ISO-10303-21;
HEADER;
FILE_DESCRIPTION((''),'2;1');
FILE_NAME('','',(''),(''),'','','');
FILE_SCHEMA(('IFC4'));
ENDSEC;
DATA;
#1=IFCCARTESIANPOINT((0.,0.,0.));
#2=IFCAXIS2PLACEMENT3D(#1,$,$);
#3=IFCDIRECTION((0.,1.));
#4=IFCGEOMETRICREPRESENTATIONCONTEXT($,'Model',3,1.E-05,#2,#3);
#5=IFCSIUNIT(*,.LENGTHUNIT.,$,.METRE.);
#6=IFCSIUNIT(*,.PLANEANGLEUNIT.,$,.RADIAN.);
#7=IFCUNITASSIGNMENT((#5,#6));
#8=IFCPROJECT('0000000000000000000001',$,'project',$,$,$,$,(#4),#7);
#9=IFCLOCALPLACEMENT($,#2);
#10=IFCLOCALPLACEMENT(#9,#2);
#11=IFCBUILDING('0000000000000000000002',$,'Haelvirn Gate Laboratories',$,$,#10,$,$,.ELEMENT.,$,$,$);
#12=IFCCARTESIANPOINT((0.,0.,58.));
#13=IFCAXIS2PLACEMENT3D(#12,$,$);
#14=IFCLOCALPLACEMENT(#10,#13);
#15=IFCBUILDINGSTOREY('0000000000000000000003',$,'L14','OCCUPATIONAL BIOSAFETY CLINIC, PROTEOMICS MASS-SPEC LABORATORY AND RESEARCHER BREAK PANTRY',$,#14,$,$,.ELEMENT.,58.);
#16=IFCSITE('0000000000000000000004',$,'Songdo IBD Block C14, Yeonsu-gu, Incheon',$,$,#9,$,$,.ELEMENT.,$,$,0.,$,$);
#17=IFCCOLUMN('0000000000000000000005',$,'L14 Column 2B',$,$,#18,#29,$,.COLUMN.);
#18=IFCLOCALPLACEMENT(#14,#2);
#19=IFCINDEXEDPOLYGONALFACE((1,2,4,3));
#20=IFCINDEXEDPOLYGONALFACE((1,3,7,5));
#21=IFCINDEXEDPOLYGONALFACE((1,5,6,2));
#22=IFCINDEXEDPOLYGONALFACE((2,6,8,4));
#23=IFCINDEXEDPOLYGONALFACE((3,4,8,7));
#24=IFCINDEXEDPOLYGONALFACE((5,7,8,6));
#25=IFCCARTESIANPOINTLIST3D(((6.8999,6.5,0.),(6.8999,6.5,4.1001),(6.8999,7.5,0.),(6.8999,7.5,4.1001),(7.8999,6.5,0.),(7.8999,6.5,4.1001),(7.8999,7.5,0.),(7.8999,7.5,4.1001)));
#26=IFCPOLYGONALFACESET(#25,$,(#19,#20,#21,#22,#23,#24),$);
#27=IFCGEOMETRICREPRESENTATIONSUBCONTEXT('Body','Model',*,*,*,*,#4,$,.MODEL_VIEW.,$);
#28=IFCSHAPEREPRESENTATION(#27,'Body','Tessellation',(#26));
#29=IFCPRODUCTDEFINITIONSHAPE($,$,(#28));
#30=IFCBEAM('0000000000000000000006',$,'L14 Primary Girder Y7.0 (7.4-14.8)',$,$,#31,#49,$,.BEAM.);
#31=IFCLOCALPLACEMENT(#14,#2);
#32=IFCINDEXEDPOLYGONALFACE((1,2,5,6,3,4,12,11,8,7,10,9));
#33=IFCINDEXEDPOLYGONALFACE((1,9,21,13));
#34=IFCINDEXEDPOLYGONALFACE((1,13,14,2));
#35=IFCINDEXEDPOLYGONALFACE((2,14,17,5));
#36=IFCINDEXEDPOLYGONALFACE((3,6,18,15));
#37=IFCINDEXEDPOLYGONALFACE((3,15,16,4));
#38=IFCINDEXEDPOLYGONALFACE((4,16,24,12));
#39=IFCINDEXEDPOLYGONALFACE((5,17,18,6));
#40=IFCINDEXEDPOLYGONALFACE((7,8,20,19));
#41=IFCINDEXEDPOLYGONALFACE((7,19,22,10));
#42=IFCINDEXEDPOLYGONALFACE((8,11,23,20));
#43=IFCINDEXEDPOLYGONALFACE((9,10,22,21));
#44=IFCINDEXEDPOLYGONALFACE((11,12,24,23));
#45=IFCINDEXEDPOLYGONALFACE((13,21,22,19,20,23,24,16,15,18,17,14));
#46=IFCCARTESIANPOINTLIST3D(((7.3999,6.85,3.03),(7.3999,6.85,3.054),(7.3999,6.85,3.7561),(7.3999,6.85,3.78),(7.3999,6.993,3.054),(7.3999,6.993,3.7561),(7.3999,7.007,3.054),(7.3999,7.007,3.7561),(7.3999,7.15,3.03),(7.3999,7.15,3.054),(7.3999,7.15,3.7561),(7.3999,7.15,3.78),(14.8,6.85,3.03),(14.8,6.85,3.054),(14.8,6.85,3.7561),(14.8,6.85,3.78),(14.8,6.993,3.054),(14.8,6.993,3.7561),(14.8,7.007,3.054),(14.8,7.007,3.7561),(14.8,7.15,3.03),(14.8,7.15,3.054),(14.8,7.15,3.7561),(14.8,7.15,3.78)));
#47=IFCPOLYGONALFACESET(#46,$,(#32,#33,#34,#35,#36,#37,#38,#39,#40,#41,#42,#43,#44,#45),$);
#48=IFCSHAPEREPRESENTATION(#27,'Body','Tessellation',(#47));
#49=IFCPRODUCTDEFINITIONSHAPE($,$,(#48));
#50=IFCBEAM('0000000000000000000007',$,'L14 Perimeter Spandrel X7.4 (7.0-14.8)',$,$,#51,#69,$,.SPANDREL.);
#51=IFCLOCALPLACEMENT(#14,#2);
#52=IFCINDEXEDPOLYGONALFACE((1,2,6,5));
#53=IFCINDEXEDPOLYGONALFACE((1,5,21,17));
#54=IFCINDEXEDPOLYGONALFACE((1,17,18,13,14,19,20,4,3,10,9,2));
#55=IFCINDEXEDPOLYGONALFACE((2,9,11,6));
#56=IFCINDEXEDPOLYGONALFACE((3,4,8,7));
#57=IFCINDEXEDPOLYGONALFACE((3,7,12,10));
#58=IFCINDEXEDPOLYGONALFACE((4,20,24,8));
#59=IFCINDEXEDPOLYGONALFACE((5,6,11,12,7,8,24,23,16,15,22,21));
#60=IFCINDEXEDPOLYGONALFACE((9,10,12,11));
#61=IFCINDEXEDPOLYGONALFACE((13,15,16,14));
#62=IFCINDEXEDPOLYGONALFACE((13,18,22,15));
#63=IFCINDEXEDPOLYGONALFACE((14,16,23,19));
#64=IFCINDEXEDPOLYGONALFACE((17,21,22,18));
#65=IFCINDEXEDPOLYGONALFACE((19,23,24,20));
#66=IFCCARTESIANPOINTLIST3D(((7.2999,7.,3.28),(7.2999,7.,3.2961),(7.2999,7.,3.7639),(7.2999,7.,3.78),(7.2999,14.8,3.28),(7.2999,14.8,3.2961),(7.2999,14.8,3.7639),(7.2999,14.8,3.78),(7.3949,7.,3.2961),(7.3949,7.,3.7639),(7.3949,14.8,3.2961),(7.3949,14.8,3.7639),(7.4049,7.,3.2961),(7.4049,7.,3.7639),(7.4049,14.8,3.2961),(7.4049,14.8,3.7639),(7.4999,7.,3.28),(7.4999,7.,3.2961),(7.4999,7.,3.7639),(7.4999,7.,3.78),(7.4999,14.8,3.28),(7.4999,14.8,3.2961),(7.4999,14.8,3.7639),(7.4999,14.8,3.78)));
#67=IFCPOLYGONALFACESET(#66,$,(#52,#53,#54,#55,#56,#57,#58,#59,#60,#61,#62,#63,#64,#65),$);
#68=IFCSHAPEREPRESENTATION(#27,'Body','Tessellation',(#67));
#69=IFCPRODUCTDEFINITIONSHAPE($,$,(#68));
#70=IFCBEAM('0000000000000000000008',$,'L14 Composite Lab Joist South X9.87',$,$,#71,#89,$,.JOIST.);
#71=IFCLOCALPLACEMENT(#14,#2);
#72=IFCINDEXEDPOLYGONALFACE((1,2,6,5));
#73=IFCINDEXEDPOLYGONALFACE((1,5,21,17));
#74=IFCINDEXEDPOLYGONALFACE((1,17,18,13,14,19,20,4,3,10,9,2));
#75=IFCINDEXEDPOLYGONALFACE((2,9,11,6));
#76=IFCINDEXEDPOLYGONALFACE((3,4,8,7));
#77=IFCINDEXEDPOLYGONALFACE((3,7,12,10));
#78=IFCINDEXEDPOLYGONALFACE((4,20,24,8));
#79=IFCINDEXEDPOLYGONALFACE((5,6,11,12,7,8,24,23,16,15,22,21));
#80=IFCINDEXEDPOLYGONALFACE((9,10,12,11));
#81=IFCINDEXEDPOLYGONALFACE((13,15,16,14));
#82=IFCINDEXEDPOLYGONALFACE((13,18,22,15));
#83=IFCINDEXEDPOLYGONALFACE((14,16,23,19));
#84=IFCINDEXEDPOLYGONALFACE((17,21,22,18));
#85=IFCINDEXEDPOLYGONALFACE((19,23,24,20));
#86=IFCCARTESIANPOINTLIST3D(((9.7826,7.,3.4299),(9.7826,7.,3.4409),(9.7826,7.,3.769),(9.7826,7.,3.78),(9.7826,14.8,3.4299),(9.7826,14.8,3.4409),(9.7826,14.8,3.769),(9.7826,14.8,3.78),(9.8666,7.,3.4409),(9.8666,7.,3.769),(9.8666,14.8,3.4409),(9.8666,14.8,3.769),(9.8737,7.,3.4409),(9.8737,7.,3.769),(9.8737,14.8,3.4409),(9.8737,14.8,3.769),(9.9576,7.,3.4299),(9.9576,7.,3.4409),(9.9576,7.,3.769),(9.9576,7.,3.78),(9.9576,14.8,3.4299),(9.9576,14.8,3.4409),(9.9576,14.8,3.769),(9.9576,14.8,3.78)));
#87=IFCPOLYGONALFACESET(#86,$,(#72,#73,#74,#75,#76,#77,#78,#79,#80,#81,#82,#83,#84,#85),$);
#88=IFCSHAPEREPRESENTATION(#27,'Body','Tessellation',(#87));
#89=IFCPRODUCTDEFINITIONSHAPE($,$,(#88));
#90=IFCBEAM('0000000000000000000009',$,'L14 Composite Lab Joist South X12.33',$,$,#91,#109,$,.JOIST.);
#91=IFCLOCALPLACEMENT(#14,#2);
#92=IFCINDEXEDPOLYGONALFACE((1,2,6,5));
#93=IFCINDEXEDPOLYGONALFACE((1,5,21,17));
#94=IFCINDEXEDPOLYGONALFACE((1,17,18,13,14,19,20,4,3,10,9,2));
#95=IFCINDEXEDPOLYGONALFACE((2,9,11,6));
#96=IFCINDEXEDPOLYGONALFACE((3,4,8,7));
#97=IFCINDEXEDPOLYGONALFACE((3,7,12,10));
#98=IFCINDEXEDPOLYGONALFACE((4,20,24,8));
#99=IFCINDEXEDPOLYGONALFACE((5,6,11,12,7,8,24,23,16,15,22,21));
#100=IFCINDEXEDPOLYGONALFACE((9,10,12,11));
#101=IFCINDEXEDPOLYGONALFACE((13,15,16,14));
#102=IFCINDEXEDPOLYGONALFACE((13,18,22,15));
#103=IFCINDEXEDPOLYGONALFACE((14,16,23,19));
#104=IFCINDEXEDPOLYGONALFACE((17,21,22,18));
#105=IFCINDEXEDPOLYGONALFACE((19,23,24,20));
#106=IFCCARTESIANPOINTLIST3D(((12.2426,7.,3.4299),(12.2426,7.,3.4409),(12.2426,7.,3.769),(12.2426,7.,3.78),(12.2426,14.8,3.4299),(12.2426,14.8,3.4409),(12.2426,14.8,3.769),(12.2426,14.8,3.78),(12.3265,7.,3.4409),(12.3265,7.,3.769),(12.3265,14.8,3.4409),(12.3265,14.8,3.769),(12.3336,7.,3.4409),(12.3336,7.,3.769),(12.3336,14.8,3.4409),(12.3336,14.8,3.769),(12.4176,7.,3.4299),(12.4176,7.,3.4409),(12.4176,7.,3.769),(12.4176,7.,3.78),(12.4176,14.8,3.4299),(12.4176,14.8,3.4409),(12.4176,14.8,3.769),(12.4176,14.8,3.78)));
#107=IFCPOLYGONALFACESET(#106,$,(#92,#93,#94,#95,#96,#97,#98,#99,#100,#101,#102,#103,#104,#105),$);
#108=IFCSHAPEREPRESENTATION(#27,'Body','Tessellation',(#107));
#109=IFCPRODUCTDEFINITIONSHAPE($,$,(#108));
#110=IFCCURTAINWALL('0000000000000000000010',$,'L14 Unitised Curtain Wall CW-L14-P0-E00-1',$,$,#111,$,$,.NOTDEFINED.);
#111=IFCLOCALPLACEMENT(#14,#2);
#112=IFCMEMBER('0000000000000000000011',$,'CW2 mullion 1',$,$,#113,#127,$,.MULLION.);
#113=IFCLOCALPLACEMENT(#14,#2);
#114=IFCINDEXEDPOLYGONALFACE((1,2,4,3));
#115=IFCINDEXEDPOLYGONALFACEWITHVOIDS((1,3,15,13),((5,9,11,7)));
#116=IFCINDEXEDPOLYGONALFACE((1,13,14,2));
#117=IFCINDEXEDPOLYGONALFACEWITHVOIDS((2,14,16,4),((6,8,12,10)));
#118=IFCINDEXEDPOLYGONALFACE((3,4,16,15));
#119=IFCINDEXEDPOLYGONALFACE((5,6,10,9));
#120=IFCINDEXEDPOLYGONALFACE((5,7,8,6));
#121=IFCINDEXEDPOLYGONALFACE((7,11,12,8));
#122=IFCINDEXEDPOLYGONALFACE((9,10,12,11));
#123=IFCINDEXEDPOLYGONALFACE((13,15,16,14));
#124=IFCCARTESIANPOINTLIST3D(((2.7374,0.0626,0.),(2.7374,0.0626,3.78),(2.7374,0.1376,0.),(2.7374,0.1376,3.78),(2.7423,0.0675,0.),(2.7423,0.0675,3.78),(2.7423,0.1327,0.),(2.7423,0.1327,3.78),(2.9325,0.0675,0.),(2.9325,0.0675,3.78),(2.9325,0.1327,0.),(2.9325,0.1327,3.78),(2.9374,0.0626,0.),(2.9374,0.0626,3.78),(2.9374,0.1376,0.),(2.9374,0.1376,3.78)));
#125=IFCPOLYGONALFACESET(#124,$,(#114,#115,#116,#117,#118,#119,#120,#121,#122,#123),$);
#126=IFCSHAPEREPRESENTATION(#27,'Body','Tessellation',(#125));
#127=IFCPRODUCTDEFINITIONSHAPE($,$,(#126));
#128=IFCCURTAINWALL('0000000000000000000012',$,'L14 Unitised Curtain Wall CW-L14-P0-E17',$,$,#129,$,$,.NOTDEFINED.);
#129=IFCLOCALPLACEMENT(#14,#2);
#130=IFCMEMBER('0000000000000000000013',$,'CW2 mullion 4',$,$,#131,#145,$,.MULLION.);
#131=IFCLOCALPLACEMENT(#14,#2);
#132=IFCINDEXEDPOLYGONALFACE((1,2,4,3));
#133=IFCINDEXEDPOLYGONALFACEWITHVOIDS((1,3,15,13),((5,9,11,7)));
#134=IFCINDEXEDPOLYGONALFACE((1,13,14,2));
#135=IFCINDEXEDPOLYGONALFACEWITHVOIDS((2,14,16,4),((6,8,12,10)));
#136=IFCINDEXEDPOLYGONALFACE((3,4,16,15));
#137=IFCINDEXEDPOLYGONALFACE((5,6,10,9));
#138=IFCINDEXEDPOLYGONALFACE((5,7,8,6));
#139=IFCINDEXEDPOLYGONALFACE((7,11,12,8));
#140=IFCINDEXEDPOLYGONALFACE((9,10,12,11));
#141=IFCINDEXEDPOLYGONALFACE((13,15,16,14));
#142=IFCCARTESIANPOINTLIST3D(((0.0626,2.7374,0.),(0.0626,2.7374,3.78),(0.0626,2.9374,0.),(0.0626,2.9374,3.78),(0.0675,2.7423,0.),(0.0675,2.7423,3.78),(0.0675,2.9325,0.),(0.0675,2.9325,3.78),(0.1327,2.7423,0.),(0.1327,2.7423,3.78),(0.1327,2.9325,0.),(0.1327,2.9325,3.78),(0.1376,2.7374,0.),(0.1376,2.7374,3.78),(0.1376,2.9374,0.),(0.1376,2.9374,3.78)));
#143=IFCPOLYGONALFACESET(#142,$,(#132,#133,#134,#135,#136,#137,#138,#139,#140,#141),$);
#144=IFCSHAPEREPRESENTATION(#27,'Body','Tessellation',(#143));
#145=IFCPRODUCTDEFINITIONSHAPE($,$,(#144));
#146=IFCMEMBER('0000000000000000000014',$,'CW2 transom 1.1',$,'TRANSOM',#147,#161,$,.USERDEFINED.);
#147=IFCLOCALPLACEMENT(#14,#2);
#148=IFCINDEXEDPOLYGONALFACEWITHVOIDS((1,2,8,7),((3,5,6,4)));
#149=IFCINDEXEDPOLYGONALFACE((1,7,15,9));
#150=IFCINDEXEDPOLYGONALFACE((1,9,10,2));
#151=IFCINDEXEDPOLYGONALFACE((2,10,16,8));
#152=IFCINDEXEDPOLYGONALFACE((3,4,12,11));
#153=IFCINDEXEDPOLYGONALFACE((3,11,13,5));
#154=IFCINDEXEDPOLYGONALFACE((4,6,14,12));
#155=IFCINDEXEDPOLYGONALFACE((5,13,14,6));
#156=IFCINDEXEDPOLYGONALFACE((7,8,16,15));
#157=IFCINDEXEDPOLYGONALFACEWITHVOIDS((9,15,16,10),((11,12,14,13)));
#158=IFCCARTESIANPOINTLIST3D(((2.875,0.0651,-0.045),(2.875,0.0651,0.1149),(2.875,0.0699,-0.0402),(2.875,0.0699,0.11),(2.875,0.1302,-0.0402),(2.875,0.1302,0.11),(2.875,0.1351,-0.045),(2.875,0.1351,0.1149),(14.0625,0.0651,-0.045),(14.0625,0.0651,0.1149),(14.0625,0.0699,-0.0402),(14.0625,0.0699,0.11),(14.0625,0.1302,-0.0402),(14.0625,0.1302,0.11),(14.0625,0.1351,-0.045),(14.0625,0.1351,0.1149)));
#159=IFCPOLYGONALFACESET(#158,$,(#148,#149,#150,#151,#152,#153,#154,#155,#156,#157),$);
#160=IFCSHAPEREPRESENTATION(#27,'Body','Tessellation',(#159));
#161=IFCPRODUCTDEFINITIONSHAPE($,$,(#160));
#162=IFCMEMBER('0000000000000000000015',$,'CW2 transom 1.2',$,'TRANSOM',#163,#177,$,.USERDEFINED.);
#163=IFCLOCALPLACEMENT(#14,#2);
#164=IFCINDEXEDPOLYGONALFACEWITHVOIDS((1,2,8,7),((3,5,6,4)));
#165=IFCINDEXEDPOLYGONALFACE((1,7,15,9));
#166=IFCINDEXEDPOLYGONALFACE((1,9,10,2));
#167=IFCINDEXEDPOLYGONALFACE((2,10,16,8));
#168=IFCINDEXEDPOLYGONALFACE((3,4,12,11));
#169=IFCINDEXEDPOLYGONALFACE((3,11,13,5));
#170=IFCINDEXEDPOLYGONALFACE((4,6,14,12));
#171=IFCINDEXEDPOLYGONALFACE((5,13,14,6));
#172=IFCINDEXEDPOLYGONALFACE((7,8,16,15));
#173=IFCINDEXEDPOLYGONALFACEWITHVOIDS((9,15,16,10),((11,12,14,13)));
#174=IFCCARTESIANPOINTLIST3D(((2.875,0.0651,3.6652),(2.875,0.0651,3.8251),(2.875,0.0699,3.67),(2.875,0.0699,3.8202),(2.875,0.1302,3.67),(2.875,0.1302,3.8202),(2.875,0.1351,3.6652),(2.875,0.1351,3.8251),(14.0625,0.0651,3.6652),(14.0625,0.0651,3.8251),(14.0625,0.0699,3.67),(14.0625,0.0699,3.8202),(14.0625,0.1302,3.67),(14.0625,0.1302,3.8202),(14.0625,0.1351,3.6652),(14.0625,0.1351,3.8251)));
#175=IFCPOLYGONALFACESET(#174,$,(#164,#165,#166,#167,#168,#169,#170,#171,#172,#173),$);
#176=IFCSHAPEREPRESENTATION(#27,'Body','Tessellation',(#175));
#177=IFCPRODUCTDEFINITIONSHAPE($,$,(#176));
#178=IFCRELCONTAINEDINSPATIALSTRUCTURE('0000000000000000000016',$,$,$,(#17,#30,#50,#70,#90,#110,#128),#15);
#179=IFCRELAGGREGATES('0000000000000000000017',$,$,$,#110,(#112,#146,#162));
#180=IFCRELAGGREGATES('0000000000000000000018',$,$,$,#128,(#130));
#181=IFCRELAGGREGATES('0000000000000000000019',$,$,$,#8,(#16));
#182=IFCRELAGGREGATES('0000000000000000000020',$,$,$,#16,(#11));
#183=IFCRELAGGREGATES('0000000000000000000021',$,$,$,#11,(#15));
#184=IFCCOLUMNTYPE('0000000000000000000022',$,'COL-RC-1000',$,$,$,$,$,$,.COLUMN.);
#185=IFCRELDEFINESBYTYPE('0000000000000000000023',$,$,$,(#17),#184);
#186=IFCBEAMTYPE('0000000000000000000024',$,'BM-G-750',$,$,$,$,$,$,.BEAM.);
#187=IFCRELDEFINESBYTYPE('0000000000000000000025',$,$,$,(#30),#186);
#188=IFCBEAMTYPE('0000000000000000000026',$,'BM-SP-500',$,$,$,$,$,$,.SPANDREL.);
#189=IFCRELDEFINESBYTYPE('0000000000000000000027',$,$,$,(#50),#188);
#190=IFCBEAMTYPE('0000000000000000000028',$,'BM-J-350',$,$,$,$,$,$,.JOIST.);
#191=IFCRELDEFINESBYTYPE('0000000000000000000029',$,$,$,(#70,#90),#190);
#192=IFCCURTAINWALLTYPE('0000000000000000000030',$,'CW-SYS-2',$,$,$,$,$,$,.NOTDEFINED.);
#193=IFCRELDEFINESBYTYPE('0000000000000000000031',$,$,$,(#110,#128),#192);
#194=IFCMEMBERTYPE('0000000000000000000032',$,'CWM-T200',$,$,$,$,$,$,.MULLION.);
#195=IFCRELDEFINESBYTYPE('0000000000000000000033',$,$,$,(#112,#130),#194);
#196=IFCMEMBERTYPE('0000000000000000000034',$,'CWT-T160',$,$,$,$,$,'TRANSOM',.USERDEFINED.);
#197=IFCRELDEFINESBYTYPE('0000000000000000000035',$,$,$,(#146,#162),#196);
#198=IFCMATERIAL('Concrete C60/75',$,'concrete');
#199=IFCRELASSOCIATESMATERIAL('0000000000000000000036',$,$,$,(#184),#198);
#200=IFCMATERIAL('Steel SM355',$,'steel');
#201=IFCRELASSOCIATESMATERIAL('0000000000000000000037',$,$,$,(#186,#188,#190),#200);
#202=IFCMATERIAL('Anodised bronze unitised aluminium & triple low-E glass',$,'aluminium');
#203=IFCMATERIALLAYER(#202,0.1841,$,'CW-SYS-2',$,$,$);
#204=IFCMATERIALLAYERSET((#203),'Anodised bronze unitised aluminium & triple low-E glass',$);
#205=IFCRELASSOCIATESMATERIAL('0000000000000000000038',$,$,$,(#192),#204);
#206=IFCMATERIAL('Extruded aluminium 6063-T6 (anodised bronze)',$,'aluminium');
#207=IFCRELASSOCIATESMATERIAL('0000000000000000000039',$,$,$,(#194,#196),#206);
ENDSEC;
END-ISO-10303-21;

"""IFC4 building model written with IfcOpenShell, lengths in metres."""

from ifc_helpers import new_model, si_unit, direction, frame, origin, origin_2d, place, context, subcontext, project, spatial, rectangle, hollow_rectangle, i_section, extrude, source, transform, mapped, material, layer, layer_set, material_profile, profile_set, type_object, type_shapes, element, aggregate, save


model = new_model("IFC4")

# Units and contexts
model_context = context("Model", 3, precision=1e-05, world=origin(), true_north=direction((0.0, 1.0)))
body_context = subcontext(model_context, "Body", "Model", "MODEL_VIEW")
ifc_project = project(units=[si_unit("LENGTHUNIT", "METRE"), si_unit("PLANEANGLEUNIT", "RADIAN")], contexts=[model_context])

# Site, building, storey
site_placement = place(None, origin())
site = spatial("IfcSite", under=ifc_project, at=site_placement, Name="Songdo IBD Block C14, Yeonsu-gu, Incheon", CompositionType="ELEMENT", RefElevation=0.0)
building_placement = place(site_placement, origin())
building = spatial("IfcBuilding", under=site, at=building_placement, Name="Haelvirn Gate Laboratories", CompositionType="ELEMENT")
storey_placement = place(building_placement, frame((0.0, 0.0, 58.0)))
storey = spatial("IfcBuildingStorey", under=building, at=storey_placement, Name="L14", Description="OCCUPATIONAL BIOSAFETY CLINIC, PROTEOMICS MASS-SPEC LABORATORY AND RESEARCHER BREAK PANTRY", CompositionType="ELEMENT", Elevation=58.0)

# Column
ifc_material_1 = material(Name="Concrete C60/75", Category="concrete")
ifc_material_profile_1 = material_profile(ifc_material_1, rectangle(XDim=1.0, YDim=1.0, at=origin_2d()), Name="RC-1000x1000")
ifc_profile_set_1 = profile_set([ifc_material_profile_1], Name="Concrete C60/75")
column_type = type_object("IfcColumnType", Name="COL-RC-1000", PredefinedType="COLUMN", material=ifc_profile_set_1)
shared_shape_1 = source(origin(), body_context, "Body", "SweptSolid", [
    extrude(rectangle(XDim=1.0, YDim=1.0, at=origin_2d()), origin(), (0.0, 0.0, 1.0), 4.1001),
])
type_shapes(column_type, [shared_shape_1])
column_placement = place(storey_placement, frame((7.3999, 7.0, 0.0), z_axis=(0.0, 0.0, 1.0), x_axis=(1.0, 0.0, 0.0)))
element("IfcColumn", 1, at=column_placement, inside=storey, type_object=column_type, Name="L14 Column 2B", PredefinedType="COLUMN", context=body_context, shape_type="MappedRepresentation", body=[
    mapped(shared_shape_1, transform((0.0, 0.0, 0.0), scale=1.0)),
])

# Beams
ifc_material_2 = material(Name="Steel SM355", Category="steel")
ifc_material_profile_2 = material_profile(ifc_material_2, i_section(OverallWidth=0.3, OverallDepth=0.75, WebThickness=0.0139, FlangeThickness=0.0239, at=origin_2d()), Name="H-750x300x14x24")
ifc_profile_set_2 = profile_set([ifc_material_profile_2], Name="Steel SM355")
beam_type_1 = type_object("IfcBeamType", Name="BM-G-750", PredefinedType="BEAM", material=ifc_profile_set_2)
shared_shape_2 = source(origin(), body_context, "Body", "SweptSolid", [
    extrude(i_section(OverallWidth=0.3, OverallDepth=0.75, WebThickness=0.0139, FlangeThickness=0.0239, at=origin_2d()), origin(), (0.0, 0.0, 1.0), 7.4001),
])
type_shapes(beam_type_1, [shared_shape_2])
beam_1_placement = place(storey_placement, frame((7.3999, 7.0, 3.405), z_axis=(1.0, 0.0, 0.0), x_axis=(0.0, 1.0, 0.0)))
element("IfcBeam", 2, at=beam_1_placement, inside=storey, type_object=beam_type_1, Name="L14 Primary Girder Y7.0 (7.4-14.8)", PredefinedType="BEAM", context=body_context, shape_type="MappedRepresentation", body=[
    mapped(shared_shape_2, transform((0.0, 0.0, 0.0), scale=1.0)),
])
ifc_material_profile_3 = material_profile(ifc_material_2, i_section(OverallWidth=0.2, OverallDepth=0.5, WebThickness=0.01, FlangeThickness=0.0161, at=origin_2d()), Name="H-500x200x10x16")
ifc_profile_set_3 = profile_set([ifc_material_profile_3], Name="Steel SM355")
beam_type_2 = type_object("IfcBeamType", Name="BM-SP-500", PredefinedType="SPANDREL", material=ifc_profile_set_3)
shared_shape_3 = source(origin(), body_context, "Body", "SweptSolid", [
    extrude(i_section(OverallWidth=0.2, OverallDepth=0.5, WebThickness=0.01, FlangeThickness=0.0161, at=origin_2d()), origin(), (0.0, 0.0, 1.0), 7.8),
])
type_shapes(beam_type_2, [shared_shape_3])
beam_2_placement = place(storey_placement, frame((7.3999, 7.0, 3.53), z_axis=(0.0, 1.0, 0.0), x_axis=(-1.0, 0.0, 0.0)))
element("IfcBeam", 3, at=beam_2_placement, inside=storey, type_object=beam_type_2, Name="L14 Perimeter Spandrel X7.4 (7.0-14.8)", PredefinedType="SPANDREL", context=body_context, shape_type="MappedRepresentation", body=[
    mapped(shared_shape_3, transform((0.0, 0.0, 0.0), scale=1.0)),
])
ifc_material_profile_4 = material_profile(ifc_material_2, i_section(OverallWidth=0.175, OverallDepth=0.3501, WebThickness=0.0071, FlangeThickness=0.011, at=origin_2d()), Name="H-350x175x7x11")
ifc_profile_set_4 = profile_set([ifc_material_profile_4], Name="Steel SM355")
beam_type_3 = type_object("IfcBeamType", Name="BM-J-350", PredefinedType="JOIST", material=ifc_profile_set_4)
shared_shape_4 = source(origin(), body_context, "Body", "SweptSolid", [
    extrude(i_section(OverallWidth=0.175, OverallDepth=0.3501, WebThickness=0.0071, FlangeThickness=0.011, at=origin_2d()), origin(), (0.0, 0.0, 1.0), 7.8),
])
type_shapes(beam_type_3, [shared_shape_4])
for number, where, z_axis, x_axis, name in (
    (4, (9.8701, 7.0, 3.605), (0.0, 1.0, 0.0), (-1.0, 0.0, 0.0), "L14 Composite Lab Joist South X9.87"),
    (5, (12.3301, 7.0, 3.605), (0.0, 1.0, 0.0), (-1.0, 0.0, 0.0), "L14 Composite Lab Joist South X12.33"),
):
    element("IfcBeam", number, at=place(storey_placement, frame(where, z_axis=z_axis, x_axis=x_axis)), inside=storey, type_object=beam_type_3, Name=name, PredefinedType="JOIST", context=body_context, shape_type="MappedRepresentation", body=[
        mapped(shared_shape_4, transform((0.0, 0.0, 0.0), scale=1.0)),
    ])

# Curtain walls, members
ifc_material_3 = material(Name="Anodised bronze unitised aluminium & triple low-E glass", Category="aluminium")
ifc_layer_1 = layer(ifc_material_3, 0.1841, Name="CW-SYS-2")
ifc_layer_set_1 = layer_set([ifc_layer_1], Name="Anodised bronze unitised aluminium & triple low-E glass")
curtain_wall_type_1 = type_object("IfcCurtainWallType", Name="CW-SYS-2", PredefinedType="NOTDEFINED", material=ifc_layer_set_1)
curtain_wall_1_placement = place(storey_placement, origin())
curtain_wall_1 = element("IfcCurtainWall", 6, at=curtain_wall_1_placement, inside=storey, type_object=curtain_wall_type_1, Name="L14 Unitised Curtain Wall CW-L14-P0-E00-1", PredefinedType="NOTDEFINED")
ifc_material_4 = material(Name="Extruded aluminium 6063-T6 (anodised bronze)", Category="aluminium")
ifc_material_profile_5 = material_profile(ifc_material_4, hollow_rectangle(XDim=0.075, YDim=0.2, WallThickness=0.0049, at=origin_2d()), Name="CWM-200x75x5")
ifc_profile_set_5 = profile_set([ifc_material_profile_5], Name="Extruded aluminium 6063-T6 (anodised bronze)")
member_type_1 = type_object("IfcMemberType", Name="CWM-T200", PredefinedType="MULLION", material=ifc_profile_set_5)
shared_shape_5 = source(origin(), body_context, "Body", "SweptSolid", [
    extrude(hollow_rectangle(XDim=0.075, YDim=0.2, WallThickness=0.0049, at=origin_2d()), origin(), (0.0, 0.0, 1.0), 3.78),
])
type_shapes(member_type_1, [shared_shape_5])
member_1_placement = place(storey_placement, frame((2.8374, 0.1001, 0.0), z_axis=(0.0, 0.0, 1.0), x_axis=(0.0, 1.0, 0.0)))
member_1 = element("IfcMember", 7, at=member_1_placement, type_object=member_type_1, Name="CW2 mullion 1", PredefinedType="MULLION", context=body_context, shape_type="MappedRepresentation", body=[
    mapped(shared_shape_5, transform((0.0, 0.0, 0.0), scale=1.0)),
])
curtain_wall_2_placement = place(storey_placement, origin())
curtain_wall_2 = element("IfcCurtainWall", 8, at=curtain_wall_2_placement, inside=storey, type_object=curtain_wall_type_1, Name="L14 Unitised Curtain Wall CW-L14-P0-E17", PredefinedType="NOTDEFINED")
member_2_placement = place(storey_placement, frame((0.1001, 2.8374, 0.0), z_axis=(0.0, 0.0, 1.0), x_axis=(1.0, 0.0, 0.0)))
member_2 = element("IfcMember", 9, at=member_2_placement, type_object=member_type_1, Name="CW2 mullion 4", PredefinedType="MULLION", context=body_context, shape_type="MappedRepresentation", body=[
    mapped(shared_shape_5, transform((0.0, 0.0, 0.0), scale=1.0)),
])

# Members
ifc_material_profile_6 = material_profile(ifc_material_4, hollow_rectangle(XDim=0.0701, YDim=0.1599, WallThickness=0.0049, at=origin_2d()), Name="CWT-160x70x5")
ifc_profile_set_6 = profile_set([ifc_material_profile_6], Name="Extruded aluminium 6063-T6 (anodised bronze)")
member_type_2 = type_object("IfcMemberType", Name="CWT-T160", ElementType="TRANSOM", PredefinedType="USERDEFINED", material=ifc_profile_set_6)
shared_shape_6 = source(origin(), body_context, "Body", "SweptSolid", [
    extrude(hollow_rectangle(XDim=0.0701, YDim=0.1599, WallThickness=0.0049, at=origin_2d()), origin(), (0.0, 0.0, 1.0), 11.1875),
])
type_shapes(member_type_2, [shared_shape_6])
member_3_placement = place(storey_placement, frame((2.875, 0.1001, 0.0349), z_axis=(1.0, 0.0, 0.0), x_axis=(0.0, 1.0, 0.0)))
member_3 = element("IfcMember", 10, at=member_3_placement, type_object=member_type_2, Name="CW2 transom 1.1", ObjectType="TRANSOM", PredefinedType="USERDEFINED", context=body_context, shape_type="MappedRepresentation", body=[
    mapped(shared_shape_6, transform((0.0, 0.0, 0.0), scale=1.0)),
])
member_4_placement = place(storey_placement, frame((2.875, 0.1001, 3.7451), z_axis=(1.0, 0.0, 0.0), x_axis=(0.0, 1.0, 0.0)))
member_4 = element("IfcMember", 11, at=member_4_placement, type_object=member_type_2, Name="CW2 transom 1.2", ObjectType="TRANSOM", PredefinedType="USERDEFINED", context=body_context, shape_type="MappedRepresentation", body=[
    mapped(shared_shape_6, transform((0.0, 0.0, 0.0), scale=1.0)),
])

aggregate(curtain_wall_1, [member_1, member_3, member_4])
aggregate(curtain_wall_2, [member_2])

save(model, "model.ifc")
